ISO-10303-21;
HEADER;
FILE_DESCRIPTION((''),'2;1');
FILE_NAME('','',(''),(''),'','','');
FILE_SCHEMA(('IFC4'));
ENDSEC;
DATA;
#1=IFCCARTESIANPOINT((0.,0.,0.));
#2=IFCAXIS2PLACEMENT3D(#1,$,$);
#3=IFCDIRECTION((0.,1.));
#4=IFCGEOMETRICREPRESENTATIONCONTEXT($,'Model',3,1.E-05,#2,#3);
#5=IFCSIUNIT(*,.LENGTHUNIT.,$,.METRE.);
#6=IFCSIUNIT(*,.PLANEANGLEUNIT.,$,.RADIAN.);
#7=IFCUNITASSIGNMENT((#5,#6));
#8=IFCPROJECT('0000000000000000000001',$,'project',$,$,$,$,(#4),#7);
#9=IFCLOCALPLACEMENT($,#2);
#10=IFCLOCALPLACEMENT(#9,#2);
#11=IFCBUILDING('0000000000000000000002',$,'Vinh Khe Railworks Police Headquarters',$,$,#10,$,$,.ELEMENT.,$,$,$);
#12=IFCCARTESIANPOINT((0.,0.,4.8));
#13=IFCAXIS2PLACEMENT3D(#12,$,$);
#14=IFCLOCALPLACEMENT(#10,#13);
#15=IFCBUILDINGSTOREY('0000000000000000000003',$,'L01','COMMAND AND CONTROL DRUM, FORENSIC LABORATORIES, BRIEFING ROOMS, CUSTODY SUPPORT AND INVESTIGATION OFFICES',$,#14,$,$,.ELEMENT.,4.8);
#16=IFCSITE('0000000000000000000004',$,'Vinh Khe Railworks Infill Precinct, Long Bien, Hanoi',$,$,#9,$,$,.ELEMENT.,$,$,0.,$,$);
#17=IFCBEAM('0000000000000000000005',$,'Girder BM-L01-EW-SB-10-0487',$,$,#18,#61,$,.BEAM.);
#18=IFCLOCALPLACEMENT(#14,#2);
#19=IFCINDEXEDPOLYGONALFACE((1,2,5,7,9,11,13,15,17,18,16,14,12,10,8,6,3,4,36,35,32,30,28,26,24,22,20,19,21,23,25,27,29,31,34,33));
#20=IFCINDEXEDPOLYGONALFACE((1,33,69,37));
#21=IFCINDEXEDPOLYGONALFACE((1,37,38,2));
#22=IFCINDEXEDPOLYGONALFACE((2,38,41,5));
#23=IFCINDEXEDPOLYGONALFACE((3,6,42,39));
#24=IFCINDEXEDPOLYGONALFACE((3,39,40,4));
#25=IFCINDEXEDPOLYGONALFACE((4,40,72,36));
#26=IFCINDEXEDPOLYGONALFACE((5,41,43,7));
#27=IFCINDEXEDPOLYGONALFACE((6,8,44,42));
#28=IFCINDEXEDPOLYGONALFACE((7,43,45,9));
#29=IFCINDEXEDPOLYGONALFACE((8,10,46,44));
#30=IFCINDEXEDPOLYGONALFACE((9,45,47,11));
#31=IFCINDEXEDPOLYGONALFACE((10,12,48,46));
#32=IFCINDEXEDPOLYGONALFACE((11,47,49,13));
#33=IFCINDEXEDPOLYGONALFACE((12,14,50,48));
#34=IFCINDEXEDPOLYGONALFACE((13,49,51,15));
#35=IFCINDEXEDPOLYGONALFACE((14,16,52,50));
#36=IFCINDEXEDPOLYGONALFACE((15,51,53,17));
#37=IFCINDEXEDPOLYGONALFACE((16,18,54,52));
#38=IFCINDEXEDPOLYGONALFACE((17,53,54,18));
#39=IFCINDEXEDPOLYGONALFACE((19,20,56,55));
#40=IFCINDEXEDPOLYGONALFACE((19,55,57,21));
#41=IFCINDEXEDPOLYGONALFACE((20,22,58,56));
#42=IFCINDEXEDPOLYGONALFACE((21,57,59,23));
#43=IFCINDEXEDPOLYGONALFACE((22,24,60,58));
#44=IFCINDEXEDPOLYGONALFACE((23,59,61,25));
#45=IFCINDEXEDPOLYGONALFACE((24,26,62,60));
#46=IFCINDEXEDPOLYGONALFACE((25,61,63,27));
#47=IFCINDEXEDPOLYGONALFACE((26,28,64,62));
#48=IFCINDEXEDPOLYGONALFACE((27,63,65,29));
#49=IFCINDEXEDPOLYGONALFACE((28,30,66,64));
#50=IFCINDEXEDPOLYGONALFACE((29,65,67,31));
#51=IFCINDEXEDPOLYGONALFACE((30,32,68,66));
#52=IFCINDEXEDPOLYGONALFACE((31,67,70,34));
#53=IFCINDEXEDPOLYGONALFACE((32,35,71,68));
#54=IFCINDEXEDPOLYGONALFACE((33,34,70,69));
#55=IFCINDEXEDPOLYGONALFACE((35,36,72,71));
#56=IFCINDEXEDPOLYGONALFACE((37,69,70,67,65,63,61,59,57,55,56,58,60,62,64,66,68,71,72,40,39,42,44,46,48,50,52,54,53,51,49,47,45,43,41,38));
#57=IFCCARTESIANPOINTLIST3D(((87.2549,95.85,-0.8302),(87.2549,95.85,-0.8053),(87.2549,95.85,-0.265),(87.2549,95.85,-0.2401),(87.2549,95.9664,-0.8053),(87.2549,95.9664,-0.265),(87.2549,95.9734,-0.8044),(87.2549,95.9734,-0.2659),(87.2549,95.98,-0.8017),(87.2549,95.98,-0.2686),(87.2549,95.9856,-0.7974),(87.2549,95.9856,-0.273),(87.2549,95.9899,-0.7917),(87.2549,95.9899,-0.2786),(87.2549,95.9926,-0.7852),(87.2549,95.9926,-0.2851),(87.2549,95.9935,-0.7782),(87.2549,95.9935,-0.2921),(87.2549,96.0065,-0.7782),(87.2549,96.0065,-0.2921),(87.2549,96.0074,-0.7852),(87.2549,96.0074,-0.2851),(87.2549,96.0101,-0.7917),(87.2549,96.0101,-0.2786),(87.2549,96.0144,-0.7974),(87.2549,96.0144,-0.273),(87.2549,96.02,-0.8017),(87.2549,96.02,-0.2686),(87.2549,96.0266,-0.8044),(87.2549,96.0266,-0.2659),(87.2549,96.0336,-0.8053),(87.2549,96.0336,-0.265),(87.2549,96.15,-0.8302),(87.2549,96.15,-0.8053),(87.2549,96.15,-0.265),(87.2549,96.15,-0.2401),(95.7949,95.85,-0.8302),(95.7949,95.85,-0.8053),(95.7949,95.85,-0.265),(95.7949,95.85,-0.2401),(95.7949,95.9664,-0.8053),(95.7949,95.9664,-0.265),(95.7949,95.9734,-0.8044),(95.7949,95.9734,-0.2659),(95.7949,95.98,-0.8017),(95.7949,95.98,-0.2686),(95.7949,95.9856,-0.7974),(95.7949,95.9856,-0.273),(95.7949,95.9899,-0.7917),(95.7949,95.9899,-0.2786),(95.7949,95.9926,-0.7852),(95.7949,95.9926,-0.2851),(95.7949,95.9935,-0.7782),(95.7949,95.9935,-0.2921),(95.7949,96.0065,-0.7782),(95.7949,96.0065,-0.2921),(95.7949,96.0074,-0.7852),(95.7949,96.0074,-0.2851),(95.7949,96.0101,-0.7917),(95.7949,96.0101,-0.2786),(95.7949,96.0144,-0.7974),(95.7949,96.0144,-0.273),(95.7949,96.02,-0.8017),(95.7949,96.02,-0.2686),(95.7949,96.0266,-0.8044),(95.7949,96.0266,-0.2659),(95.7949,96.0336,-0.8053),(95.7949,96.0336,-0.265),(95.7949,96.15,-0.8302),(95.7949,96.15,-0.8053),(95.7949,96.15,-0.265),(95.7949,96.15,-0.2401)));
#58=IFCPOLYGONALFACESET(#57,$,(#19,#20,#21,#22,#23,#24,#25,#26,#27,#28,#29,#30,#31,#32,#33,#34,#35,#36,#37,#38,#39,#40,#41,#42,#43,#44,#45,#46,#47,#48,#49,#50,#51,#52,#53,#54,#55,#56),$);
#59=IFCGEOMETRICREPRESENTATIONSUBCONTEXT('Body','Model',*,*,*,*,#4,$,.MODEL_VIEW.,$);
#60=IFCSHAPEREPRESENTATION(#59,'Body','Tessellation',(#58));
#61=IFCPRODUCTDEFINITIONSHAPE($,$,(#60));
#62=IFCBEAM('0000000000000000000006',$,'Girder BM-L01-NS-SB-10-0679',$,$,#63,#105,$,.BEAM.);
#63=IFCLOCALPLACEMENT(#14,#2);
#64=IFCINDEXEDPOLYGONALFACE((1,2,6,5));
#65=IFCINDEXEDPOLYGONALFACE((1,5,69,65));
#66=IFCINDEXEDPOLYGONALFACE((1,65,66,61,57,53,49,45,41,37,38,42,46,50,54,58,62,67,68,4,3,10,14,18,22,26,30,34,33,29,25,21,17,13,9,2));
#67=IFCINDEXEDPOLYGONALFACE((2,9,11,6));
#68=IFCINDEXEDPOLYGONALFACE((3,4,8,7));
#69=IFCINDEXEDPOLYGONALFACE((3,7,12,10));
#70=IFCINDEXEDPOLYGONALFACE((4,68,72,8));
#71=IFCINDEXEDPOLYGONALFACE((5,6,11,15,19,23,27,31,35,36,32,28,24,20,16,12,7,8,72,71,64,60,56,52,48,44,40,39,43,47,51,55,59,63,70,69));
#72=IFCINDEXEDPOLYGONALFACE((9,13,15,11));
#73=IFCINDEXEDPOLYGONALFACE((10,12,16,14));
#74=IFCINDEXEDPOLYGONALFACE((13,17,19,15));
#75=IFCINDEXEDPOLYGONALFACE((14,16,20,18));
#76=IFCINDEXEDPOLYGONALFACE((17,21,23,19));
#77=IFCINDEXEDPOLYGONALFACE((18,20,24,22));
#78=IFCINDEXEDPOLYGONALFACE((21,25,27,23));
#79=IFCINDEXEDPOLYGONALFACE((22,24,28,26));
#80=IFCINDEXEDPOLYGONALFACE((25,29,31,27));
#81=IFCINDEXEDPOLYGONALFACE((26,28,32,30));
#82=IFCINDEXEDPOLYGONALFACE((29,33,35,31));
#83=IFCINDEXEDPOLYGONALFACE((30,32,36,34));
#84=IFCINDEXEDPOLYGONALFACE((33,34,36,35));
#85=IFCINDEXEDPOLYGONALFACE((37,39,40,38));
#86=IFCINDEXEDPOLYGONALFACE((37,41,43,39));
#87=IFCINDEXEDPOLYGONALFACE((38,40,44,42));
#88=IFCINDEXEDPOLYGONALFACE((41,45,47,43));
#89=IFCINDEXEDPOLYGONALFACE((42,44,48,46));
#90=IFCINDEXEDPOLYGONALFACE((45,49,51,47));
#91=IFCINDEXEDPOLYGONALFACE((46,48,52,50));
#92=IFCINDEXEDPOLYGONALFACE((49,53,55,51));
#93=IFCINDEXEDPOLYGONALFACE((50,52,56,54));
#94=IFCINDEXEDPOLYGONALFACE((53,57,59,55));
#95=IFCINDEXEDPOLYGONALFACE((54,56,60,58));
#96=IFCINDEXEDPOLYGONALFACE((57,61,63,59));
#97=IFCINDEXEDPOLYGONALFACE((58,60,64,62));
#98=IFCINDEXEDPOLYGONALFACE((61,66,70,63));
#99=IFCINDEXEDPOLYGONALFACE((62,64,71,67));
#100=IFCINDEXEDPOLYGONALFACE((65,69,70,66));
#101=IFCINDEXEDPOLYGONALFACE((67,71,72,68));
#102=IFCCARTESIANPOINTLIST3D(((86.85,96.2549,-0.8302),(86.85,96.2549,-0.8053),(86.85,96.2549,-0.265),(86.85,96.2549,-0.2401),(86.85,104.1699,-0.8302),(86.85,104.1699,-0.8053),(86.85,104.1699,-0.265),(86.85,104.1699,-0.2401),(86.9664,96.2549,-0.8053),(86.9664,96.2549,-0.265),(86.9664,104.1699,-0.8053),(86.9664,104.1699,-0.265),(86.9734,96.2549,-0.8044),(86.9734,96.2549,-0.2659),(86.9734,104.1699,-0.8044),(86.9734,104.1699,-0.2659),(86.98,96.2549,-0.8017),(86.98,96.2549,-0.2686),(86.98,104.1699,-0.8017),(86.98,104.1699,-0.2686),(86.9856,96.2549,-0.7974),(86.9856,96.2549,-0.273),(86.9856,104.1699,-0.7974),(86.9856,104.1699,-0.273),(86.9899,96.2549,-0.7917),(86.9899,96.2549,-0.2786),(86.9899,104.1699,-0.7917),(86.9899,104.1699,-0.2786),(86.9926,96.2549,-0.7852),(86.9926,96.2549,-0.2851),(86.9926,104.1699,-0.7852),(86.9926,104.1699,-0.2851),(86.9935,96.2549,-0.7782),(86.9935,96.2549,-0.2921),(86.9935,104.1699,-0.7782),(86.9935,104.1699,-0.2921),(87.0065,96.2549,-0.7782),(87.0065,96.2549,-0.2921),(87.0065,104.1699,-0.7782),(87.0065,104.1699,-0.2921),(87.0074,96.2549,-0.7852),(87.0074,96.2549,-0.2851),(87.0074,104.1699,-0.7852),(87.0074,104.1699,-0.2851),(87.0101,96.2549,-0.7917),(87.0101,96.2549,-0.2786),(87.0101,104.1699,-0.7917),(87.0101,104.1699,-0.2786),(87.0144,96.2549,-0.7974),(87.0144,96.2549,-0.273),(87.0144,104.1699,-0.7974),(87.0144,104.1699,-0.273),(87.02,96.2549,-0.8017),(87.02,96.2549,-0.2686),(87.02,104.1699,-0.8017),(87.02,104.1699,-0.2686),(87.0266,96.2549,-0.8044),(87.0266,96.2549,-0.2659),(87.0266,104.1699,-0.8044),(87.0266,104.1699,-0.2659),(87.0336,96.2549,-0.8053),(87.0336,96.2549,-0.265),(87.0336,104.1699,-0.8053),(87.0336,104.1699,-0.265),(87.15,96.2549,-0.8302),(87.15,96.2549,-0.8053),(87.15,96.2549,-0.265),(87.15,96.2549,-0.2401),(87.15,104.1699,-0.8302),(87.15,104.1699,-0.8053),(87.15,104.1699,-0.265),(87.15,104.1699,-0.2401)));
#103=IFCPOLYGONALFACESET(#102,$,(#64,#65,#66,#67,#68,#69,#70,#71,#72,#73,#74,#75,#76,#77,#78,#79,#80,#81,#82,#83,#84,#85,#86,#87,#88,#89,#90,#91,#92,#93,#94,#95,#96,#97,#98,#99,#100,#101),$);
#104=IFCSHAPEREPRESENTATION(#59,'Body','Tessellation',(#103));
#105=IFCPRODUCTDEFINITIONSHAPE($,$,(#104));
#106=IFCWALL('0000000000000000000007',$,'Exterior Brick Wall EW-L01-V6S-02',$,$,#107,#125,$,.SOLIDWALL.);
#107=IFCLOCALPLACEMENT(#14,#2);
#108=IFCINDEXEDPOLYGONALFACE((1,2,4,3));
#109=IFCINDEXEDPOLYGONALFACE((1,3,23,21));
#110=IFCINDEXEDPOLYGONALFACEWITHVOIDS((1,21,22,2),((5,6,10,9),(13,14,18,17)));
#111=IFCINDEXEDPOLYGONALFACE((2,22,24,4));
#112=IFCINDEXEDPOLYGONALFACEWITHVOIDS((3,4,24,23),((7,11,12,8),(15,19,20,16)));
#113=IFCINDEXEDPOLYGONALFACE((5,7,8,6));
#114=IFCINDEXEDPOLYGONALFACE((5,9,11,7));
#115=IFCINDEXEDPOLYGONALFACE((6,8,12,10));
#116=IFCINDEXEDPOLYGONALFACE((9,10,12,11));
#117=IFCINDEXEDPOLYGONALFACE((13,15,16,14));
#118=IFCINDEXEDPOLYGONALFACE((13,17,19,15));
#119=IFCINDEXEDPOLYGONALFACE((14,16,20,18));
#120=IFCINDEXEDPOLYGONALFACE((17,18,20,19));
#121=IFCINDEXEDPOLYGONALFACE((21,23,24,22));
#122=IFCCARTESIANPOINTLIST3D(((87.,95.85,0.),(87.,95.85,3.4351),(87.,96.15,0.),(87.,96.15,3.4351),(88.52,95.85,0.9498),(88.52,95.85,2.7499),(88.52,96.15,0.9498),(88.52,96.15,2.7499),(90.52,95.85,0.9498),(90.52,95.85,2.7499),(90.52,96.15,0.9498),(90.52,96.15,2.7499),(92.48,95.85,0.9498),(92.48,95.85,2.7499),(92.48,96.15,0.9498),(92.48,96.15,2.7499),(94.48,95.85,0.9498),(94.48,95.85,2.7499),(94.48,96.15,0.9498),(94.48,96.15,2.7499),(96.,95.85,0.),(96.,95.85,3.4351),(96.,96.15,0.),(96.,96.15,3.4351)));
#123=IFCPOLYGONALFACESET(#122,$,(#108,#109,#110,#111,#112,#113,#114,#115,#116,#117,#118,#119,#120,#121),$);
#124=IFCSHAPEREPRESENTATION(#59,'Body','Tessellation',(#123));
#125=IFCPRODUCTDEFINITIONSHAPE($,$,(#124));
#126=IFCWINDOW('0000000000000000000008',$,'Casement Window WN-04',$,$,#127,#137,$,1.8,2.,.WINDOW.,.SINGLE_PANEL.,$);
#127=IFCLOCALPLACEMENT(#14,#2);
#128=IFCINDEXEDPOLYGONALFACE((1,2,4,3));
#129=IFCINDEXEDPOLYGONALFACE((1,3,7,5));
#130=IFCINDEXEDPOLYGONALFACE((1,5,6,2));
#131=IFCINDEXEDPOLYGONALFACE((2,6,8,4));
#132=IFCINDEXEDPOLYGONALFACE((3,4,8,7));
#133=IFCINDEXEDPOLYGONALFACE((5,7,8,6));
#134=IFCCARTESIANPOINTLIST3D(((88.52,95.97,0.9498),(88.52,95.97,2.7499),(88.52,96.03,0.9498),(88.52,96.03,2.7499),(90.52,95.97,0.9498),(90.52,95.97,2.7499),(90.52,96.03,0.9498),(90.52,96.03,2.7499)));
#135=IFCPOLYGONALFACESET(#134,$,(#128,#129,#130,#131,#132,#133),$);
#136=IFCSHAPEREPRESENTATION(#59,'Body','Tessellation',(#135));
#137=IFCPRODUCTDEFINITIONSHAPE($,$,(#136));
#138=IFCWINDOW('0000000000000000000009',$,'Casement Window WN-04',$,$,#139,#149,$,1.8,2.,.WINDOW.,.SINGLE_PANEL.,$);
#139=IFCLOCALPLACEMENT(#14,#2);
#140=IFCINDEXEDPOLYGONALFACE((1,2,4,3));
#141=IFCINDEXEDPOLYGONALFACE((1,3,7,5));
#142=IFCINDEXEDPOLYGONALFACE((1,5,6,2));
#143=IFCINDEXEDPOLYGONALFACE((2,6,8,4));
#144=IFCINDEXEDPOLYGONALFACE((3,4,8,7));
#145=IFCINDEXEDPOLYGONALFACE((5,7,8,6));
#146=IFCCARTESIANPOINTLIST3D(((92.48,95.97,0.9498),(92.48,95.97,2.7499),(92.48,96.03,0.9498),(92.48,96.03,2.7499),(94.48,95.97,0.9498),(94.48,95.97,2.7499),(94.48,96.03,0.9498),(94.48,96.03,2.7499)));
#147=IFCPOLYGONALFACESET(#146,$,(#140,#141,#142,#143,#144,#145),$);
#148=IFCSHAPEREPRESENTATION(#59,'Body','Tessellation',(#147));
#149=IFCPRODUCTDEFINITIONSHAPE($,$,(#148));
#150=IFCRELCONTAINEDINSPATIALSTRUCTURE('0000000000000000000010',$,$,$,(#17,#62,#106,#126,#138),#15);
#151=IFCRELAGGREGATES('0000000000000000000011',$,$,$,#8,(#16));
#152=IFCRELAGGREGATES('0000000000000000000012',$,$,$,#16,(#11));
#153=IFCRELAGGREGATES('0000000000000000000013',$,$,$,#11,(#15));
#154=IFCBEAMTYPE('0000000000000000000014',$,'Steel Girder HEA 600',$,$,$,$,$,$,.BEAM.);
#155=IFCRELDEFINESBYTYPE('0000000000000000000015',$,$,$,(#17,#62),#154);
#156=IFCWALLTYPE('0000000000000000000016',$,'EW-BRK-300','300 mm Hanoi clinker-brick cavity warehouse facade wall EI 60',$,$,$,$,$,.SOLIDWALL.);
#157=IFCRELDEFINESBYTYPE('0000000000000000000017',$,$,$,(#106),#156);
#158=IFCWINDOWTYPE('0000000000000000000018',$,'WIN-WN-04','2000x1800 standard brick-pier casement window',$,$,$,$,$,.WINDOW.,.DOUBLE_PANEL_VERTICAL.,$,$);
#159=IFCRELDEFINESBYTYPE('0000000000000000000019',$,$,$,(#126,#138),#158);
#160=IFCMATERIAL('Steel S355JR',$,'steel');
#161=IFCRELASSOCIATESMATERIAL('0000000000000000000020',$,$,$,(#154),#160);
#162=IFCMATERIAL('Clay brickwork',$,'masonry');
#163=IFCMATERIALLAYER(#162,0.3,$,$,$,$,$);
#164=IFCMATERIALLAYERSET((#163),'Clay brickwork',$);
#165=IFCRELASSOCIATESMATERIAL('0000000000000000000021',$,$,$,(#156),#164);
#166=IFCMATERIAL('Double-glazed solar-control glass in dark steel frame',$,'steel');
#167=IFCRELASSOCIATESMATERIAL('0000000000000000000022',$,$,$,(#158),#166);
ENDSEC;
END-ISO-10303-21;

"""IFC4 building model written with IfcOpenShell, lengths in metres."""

from ifc_helpers import new_model, si_unit, direction, frame, frame_2d, origin, origin_2d, place, context, subcontext, project, spatial, rectangle, i_section, extrude, material, layer, layer_set, material_profile, profile_set, type_object, element, fill, save


model = new_model("IFC4")

# Units and contexts
model_context = context("Model", 3, precision=1e-05, world=origin(), true_north=direction((0.0, 1.0)))
body_context = subcontext(model_context, "Body", "Model", "MODEL_VIEW")
ifc_project = project(units=[si_unit("LENGTHUNIT", "METRE"), si_unit("PLANEANGLEUNIT", "RADIAN")], contexts=[model_context])

# Site, building, storey
site_placement = place(None, origin())
site = spatial("IfcSite", under=ifc_project, at=site_placement, Name="Vinh Khe Railworks Infill Precinct, Long Bien, Hanoi", CompositionType="ELEMENT", RefElevation=0.0)
building_placement = place(site_placement, origin())
building = spatial("IfcBuilding", under=site, at=building_placement, Name="Vinh Khe Railworks Police Headquarters", CompositionType="ELEMENT")
storey_placement = place(building_placement, frame((0.0, 0.0, 4.8)))
storey = spatial("IfcBuildingStorey", under=building, at=storey_placement, Name="L01", Description="COMMAND AND CONTROL DRUM, FORENSIC LABORATORIES, BRIEFING ROOMS, CUSTODY SUPPORT AND INVESTIGATION OFFICES", CompositionType="ELEMENT", Elevation=4.8)

# Shared definitions
ifc_material_1 = material(Name="Steel S355JR", Category="steel")

# Beams
ifc_material_profile_1 = material_profile(ifc_material_1, i_section(OverallWidth=0.3, OverallDepth=0.5901, WebThickness=0.0129, FlangeThickness=0.0249, FilletRadius=0.0271, at=origin_2d()), Name="HEA 600")
ifc_profile_set_1 = profile_set([ifc_material_profile_1], Name="Steel S355JR")
beam_type_1 = type_object("IfcBeamType", Name="Steel Girder HEA 600", PredefinedType="BEAM", material=ifc_profile_set_1)
beam_1_placement = place(storey_placement, frame((87.2549, 96.0, -0.5352), z_axis=(1.0, 0.0, 0.0), x_axis=(0.0, 1.0, 0.0)))
element("IfcBeam", 1, at=beam_1_placement, inside=storey, type_object=beam_type_1, Name="Girder BM-L01-EW-SB-10-0487", PredefinedType="BEAM", context=body_context, shape_type="SweptSolid", body=[
    extrude(i_section(OverallWidth=0.3, OverallDepth=0.5901, WebThickness=0.0129, FlangeThickness=0.0249, FilletRadius=0.0271, at=origin_2d()), origin(), (0.0, 0.0, 1.0), 8.54),
])
beam_2_placement = place(storey_placement, frame((87.0, 96.2549, -0.5352), z_axis=(0.0, 1.0, 0.0), x_axis=(-1.0, 0.0, 0.0)))
element("IfcBeam", 2, at=beam_2_placement, inside=storey, type_object=beam_type_1, Name="Girder BM-L01-NS-SB-10-0679", PredefinedType="BEAM", context=body_context, shape_type="SweptSolid", body=[
    extrude(i_section(OverallWidth=0.3, OverallDepth=0.5901, WebThickness=0.0129, FlangeThickness=0.0249, FilletRadius=0.0271, at=origin_2d()), origin(), (0.0, 0.0, 1.0), 7.915),
])

# Wall, openings, windows
ifc_material_2 = material(Name="Clay brickwork", Category="masonry")
ifc_layer_1 = layer(ifc_material_2, 0.3)
ifc_layer_set_1 = layer_set([ifc_layer_1], Name="Clay brickwork")
wall_type_1 = type_object("IfcWallType", Name="EW-BRK-300", Description="300 mm Hanoi clinker-brick cavity warehouse facade wall EI 60", PredefinedType="SOLIDWALL", material=ifc_layer_set_1)
wall_1_placement = place(storey_placement, frame((87.0, 96.0, 0.0), z_axis=(0.0, 0.0, 1.0), x_axis=(1.0, 0.0, 0.0)))
wall_1 = element("IfcWall", 3, at=wall_1_placement, inside=storey, type_object=wall_type_1, Name="Exterior Brick Wall EW-L01-V6S-02", PredefinedType="SOLIDWALL", context=body_context, shape_type="SweptSolid", body=[
    extrude(rectangle(XDim=9.0, YDim=0.3, at=frame_2d((4.5, 0.0))), origin(), (0.0, 0.0, 1.0), 3.4351),
])
opening_1_placement = place(wall_1_placement, frame((1.52, 0.0, 0.95)))
opening_1 = element("IfcOpeningElement", 4, at=opening_1_placement, cuts=wall_1, PredefinedType="OPENING", context=body_context, shape_type="SweptSolid", body=[
    extrude(rectangle(XDim=2.0, YDim=1.8, at=frame_2d((1.0, 0.8999))), frame((0.0, 0.165, 0.0), z_axis=(0.0, -1.0, 0.0), x_axis=(1.0, 0.0, 0.0)), (0.0, 0.0, 1.0), 0.3298),
])
opening_2_placement = place(wall_1_placement, frame((5.48, 0.0, 0.95)))
opening_2 = element("IfcOpeningElement", 5, at=opening_2_placement, cuts=wall_1, PredefinedType="OPENING", context=body_context, shape_type="SweptSolid", body=[
    extrude(rectangle(XDim=2.0, YDim=1.8, at=frame_2d((1.0, 0.8999))), frame((0.0, 0.165, 0.0), z_axis=(0.0, -1.0, 0.0), x_axis=(1.0, 0.0, 0.0)), (0.0, 0.0, 1.0), 0.3298),
])
ifc_material_3 = material(Name="Double-glazed solar-control glass in dark steel frame", Category="steel")
window_type = type_object("IfcWindowType", Name="WIN-WN-04", Description="2000x1800 standard brick-pier casement window", PartitioningType="DOUBLE_PANEL_VERTICAL", PredefinedType="WINDOW", material=ifc_material_3)
window_1_placement = place(opening_1_placement, origin())
window_1 = element("IfcWindow", 6, at=window_1_placement, inside=storey, type_object=window_type, Name="Casement Window WN-04", OverallHeight=1.8, OverallWidth=2.0, PartitioningType="SINGLE_PANEL", PredefinedType="WINDOW", context=body_context, shape_type="SweptSolid", body=[
    extrude(rectangle(XDim=2.0, YDim=1.8, at=frame_2d((1.0, 0.8999))), frame((0.0, 0.03, 0.0), z_axis=(0.0, -1.0, 0.0), x_axis=(1.0, 0.0, 0.0)), (0.0, 0.0, 1.0), 0.0601),
])
fill(opening_1, window_1)
window_2_placement = place(opening_2_placement, origin())
window_2 = element("IfcWindow", 7, at=window_2_placement, inside=storey, type_object=window_type, Name="Casement Window WN-04", OverallHeight=1.8, OverallWidth=2.0, PartitioningType="SINGLE_PANEL", PredefinedType="WINDOW", context=body_context, shape_type="SweptSolid", body=[
    extrude(rectangle(XDim=2.0, YDim=1.8, at=frame_2d((1.0, 0.8999))), frame((0.0, 0.03, 0.0), z_axis=(0.0, -1.0, 0.0), x_axis=(1.0, 0.0, 0.0)), (0.0, 0.0, 1.0), 0.0601),
])
fill(opening_2, window_2)

save(model, "model.ifc")
